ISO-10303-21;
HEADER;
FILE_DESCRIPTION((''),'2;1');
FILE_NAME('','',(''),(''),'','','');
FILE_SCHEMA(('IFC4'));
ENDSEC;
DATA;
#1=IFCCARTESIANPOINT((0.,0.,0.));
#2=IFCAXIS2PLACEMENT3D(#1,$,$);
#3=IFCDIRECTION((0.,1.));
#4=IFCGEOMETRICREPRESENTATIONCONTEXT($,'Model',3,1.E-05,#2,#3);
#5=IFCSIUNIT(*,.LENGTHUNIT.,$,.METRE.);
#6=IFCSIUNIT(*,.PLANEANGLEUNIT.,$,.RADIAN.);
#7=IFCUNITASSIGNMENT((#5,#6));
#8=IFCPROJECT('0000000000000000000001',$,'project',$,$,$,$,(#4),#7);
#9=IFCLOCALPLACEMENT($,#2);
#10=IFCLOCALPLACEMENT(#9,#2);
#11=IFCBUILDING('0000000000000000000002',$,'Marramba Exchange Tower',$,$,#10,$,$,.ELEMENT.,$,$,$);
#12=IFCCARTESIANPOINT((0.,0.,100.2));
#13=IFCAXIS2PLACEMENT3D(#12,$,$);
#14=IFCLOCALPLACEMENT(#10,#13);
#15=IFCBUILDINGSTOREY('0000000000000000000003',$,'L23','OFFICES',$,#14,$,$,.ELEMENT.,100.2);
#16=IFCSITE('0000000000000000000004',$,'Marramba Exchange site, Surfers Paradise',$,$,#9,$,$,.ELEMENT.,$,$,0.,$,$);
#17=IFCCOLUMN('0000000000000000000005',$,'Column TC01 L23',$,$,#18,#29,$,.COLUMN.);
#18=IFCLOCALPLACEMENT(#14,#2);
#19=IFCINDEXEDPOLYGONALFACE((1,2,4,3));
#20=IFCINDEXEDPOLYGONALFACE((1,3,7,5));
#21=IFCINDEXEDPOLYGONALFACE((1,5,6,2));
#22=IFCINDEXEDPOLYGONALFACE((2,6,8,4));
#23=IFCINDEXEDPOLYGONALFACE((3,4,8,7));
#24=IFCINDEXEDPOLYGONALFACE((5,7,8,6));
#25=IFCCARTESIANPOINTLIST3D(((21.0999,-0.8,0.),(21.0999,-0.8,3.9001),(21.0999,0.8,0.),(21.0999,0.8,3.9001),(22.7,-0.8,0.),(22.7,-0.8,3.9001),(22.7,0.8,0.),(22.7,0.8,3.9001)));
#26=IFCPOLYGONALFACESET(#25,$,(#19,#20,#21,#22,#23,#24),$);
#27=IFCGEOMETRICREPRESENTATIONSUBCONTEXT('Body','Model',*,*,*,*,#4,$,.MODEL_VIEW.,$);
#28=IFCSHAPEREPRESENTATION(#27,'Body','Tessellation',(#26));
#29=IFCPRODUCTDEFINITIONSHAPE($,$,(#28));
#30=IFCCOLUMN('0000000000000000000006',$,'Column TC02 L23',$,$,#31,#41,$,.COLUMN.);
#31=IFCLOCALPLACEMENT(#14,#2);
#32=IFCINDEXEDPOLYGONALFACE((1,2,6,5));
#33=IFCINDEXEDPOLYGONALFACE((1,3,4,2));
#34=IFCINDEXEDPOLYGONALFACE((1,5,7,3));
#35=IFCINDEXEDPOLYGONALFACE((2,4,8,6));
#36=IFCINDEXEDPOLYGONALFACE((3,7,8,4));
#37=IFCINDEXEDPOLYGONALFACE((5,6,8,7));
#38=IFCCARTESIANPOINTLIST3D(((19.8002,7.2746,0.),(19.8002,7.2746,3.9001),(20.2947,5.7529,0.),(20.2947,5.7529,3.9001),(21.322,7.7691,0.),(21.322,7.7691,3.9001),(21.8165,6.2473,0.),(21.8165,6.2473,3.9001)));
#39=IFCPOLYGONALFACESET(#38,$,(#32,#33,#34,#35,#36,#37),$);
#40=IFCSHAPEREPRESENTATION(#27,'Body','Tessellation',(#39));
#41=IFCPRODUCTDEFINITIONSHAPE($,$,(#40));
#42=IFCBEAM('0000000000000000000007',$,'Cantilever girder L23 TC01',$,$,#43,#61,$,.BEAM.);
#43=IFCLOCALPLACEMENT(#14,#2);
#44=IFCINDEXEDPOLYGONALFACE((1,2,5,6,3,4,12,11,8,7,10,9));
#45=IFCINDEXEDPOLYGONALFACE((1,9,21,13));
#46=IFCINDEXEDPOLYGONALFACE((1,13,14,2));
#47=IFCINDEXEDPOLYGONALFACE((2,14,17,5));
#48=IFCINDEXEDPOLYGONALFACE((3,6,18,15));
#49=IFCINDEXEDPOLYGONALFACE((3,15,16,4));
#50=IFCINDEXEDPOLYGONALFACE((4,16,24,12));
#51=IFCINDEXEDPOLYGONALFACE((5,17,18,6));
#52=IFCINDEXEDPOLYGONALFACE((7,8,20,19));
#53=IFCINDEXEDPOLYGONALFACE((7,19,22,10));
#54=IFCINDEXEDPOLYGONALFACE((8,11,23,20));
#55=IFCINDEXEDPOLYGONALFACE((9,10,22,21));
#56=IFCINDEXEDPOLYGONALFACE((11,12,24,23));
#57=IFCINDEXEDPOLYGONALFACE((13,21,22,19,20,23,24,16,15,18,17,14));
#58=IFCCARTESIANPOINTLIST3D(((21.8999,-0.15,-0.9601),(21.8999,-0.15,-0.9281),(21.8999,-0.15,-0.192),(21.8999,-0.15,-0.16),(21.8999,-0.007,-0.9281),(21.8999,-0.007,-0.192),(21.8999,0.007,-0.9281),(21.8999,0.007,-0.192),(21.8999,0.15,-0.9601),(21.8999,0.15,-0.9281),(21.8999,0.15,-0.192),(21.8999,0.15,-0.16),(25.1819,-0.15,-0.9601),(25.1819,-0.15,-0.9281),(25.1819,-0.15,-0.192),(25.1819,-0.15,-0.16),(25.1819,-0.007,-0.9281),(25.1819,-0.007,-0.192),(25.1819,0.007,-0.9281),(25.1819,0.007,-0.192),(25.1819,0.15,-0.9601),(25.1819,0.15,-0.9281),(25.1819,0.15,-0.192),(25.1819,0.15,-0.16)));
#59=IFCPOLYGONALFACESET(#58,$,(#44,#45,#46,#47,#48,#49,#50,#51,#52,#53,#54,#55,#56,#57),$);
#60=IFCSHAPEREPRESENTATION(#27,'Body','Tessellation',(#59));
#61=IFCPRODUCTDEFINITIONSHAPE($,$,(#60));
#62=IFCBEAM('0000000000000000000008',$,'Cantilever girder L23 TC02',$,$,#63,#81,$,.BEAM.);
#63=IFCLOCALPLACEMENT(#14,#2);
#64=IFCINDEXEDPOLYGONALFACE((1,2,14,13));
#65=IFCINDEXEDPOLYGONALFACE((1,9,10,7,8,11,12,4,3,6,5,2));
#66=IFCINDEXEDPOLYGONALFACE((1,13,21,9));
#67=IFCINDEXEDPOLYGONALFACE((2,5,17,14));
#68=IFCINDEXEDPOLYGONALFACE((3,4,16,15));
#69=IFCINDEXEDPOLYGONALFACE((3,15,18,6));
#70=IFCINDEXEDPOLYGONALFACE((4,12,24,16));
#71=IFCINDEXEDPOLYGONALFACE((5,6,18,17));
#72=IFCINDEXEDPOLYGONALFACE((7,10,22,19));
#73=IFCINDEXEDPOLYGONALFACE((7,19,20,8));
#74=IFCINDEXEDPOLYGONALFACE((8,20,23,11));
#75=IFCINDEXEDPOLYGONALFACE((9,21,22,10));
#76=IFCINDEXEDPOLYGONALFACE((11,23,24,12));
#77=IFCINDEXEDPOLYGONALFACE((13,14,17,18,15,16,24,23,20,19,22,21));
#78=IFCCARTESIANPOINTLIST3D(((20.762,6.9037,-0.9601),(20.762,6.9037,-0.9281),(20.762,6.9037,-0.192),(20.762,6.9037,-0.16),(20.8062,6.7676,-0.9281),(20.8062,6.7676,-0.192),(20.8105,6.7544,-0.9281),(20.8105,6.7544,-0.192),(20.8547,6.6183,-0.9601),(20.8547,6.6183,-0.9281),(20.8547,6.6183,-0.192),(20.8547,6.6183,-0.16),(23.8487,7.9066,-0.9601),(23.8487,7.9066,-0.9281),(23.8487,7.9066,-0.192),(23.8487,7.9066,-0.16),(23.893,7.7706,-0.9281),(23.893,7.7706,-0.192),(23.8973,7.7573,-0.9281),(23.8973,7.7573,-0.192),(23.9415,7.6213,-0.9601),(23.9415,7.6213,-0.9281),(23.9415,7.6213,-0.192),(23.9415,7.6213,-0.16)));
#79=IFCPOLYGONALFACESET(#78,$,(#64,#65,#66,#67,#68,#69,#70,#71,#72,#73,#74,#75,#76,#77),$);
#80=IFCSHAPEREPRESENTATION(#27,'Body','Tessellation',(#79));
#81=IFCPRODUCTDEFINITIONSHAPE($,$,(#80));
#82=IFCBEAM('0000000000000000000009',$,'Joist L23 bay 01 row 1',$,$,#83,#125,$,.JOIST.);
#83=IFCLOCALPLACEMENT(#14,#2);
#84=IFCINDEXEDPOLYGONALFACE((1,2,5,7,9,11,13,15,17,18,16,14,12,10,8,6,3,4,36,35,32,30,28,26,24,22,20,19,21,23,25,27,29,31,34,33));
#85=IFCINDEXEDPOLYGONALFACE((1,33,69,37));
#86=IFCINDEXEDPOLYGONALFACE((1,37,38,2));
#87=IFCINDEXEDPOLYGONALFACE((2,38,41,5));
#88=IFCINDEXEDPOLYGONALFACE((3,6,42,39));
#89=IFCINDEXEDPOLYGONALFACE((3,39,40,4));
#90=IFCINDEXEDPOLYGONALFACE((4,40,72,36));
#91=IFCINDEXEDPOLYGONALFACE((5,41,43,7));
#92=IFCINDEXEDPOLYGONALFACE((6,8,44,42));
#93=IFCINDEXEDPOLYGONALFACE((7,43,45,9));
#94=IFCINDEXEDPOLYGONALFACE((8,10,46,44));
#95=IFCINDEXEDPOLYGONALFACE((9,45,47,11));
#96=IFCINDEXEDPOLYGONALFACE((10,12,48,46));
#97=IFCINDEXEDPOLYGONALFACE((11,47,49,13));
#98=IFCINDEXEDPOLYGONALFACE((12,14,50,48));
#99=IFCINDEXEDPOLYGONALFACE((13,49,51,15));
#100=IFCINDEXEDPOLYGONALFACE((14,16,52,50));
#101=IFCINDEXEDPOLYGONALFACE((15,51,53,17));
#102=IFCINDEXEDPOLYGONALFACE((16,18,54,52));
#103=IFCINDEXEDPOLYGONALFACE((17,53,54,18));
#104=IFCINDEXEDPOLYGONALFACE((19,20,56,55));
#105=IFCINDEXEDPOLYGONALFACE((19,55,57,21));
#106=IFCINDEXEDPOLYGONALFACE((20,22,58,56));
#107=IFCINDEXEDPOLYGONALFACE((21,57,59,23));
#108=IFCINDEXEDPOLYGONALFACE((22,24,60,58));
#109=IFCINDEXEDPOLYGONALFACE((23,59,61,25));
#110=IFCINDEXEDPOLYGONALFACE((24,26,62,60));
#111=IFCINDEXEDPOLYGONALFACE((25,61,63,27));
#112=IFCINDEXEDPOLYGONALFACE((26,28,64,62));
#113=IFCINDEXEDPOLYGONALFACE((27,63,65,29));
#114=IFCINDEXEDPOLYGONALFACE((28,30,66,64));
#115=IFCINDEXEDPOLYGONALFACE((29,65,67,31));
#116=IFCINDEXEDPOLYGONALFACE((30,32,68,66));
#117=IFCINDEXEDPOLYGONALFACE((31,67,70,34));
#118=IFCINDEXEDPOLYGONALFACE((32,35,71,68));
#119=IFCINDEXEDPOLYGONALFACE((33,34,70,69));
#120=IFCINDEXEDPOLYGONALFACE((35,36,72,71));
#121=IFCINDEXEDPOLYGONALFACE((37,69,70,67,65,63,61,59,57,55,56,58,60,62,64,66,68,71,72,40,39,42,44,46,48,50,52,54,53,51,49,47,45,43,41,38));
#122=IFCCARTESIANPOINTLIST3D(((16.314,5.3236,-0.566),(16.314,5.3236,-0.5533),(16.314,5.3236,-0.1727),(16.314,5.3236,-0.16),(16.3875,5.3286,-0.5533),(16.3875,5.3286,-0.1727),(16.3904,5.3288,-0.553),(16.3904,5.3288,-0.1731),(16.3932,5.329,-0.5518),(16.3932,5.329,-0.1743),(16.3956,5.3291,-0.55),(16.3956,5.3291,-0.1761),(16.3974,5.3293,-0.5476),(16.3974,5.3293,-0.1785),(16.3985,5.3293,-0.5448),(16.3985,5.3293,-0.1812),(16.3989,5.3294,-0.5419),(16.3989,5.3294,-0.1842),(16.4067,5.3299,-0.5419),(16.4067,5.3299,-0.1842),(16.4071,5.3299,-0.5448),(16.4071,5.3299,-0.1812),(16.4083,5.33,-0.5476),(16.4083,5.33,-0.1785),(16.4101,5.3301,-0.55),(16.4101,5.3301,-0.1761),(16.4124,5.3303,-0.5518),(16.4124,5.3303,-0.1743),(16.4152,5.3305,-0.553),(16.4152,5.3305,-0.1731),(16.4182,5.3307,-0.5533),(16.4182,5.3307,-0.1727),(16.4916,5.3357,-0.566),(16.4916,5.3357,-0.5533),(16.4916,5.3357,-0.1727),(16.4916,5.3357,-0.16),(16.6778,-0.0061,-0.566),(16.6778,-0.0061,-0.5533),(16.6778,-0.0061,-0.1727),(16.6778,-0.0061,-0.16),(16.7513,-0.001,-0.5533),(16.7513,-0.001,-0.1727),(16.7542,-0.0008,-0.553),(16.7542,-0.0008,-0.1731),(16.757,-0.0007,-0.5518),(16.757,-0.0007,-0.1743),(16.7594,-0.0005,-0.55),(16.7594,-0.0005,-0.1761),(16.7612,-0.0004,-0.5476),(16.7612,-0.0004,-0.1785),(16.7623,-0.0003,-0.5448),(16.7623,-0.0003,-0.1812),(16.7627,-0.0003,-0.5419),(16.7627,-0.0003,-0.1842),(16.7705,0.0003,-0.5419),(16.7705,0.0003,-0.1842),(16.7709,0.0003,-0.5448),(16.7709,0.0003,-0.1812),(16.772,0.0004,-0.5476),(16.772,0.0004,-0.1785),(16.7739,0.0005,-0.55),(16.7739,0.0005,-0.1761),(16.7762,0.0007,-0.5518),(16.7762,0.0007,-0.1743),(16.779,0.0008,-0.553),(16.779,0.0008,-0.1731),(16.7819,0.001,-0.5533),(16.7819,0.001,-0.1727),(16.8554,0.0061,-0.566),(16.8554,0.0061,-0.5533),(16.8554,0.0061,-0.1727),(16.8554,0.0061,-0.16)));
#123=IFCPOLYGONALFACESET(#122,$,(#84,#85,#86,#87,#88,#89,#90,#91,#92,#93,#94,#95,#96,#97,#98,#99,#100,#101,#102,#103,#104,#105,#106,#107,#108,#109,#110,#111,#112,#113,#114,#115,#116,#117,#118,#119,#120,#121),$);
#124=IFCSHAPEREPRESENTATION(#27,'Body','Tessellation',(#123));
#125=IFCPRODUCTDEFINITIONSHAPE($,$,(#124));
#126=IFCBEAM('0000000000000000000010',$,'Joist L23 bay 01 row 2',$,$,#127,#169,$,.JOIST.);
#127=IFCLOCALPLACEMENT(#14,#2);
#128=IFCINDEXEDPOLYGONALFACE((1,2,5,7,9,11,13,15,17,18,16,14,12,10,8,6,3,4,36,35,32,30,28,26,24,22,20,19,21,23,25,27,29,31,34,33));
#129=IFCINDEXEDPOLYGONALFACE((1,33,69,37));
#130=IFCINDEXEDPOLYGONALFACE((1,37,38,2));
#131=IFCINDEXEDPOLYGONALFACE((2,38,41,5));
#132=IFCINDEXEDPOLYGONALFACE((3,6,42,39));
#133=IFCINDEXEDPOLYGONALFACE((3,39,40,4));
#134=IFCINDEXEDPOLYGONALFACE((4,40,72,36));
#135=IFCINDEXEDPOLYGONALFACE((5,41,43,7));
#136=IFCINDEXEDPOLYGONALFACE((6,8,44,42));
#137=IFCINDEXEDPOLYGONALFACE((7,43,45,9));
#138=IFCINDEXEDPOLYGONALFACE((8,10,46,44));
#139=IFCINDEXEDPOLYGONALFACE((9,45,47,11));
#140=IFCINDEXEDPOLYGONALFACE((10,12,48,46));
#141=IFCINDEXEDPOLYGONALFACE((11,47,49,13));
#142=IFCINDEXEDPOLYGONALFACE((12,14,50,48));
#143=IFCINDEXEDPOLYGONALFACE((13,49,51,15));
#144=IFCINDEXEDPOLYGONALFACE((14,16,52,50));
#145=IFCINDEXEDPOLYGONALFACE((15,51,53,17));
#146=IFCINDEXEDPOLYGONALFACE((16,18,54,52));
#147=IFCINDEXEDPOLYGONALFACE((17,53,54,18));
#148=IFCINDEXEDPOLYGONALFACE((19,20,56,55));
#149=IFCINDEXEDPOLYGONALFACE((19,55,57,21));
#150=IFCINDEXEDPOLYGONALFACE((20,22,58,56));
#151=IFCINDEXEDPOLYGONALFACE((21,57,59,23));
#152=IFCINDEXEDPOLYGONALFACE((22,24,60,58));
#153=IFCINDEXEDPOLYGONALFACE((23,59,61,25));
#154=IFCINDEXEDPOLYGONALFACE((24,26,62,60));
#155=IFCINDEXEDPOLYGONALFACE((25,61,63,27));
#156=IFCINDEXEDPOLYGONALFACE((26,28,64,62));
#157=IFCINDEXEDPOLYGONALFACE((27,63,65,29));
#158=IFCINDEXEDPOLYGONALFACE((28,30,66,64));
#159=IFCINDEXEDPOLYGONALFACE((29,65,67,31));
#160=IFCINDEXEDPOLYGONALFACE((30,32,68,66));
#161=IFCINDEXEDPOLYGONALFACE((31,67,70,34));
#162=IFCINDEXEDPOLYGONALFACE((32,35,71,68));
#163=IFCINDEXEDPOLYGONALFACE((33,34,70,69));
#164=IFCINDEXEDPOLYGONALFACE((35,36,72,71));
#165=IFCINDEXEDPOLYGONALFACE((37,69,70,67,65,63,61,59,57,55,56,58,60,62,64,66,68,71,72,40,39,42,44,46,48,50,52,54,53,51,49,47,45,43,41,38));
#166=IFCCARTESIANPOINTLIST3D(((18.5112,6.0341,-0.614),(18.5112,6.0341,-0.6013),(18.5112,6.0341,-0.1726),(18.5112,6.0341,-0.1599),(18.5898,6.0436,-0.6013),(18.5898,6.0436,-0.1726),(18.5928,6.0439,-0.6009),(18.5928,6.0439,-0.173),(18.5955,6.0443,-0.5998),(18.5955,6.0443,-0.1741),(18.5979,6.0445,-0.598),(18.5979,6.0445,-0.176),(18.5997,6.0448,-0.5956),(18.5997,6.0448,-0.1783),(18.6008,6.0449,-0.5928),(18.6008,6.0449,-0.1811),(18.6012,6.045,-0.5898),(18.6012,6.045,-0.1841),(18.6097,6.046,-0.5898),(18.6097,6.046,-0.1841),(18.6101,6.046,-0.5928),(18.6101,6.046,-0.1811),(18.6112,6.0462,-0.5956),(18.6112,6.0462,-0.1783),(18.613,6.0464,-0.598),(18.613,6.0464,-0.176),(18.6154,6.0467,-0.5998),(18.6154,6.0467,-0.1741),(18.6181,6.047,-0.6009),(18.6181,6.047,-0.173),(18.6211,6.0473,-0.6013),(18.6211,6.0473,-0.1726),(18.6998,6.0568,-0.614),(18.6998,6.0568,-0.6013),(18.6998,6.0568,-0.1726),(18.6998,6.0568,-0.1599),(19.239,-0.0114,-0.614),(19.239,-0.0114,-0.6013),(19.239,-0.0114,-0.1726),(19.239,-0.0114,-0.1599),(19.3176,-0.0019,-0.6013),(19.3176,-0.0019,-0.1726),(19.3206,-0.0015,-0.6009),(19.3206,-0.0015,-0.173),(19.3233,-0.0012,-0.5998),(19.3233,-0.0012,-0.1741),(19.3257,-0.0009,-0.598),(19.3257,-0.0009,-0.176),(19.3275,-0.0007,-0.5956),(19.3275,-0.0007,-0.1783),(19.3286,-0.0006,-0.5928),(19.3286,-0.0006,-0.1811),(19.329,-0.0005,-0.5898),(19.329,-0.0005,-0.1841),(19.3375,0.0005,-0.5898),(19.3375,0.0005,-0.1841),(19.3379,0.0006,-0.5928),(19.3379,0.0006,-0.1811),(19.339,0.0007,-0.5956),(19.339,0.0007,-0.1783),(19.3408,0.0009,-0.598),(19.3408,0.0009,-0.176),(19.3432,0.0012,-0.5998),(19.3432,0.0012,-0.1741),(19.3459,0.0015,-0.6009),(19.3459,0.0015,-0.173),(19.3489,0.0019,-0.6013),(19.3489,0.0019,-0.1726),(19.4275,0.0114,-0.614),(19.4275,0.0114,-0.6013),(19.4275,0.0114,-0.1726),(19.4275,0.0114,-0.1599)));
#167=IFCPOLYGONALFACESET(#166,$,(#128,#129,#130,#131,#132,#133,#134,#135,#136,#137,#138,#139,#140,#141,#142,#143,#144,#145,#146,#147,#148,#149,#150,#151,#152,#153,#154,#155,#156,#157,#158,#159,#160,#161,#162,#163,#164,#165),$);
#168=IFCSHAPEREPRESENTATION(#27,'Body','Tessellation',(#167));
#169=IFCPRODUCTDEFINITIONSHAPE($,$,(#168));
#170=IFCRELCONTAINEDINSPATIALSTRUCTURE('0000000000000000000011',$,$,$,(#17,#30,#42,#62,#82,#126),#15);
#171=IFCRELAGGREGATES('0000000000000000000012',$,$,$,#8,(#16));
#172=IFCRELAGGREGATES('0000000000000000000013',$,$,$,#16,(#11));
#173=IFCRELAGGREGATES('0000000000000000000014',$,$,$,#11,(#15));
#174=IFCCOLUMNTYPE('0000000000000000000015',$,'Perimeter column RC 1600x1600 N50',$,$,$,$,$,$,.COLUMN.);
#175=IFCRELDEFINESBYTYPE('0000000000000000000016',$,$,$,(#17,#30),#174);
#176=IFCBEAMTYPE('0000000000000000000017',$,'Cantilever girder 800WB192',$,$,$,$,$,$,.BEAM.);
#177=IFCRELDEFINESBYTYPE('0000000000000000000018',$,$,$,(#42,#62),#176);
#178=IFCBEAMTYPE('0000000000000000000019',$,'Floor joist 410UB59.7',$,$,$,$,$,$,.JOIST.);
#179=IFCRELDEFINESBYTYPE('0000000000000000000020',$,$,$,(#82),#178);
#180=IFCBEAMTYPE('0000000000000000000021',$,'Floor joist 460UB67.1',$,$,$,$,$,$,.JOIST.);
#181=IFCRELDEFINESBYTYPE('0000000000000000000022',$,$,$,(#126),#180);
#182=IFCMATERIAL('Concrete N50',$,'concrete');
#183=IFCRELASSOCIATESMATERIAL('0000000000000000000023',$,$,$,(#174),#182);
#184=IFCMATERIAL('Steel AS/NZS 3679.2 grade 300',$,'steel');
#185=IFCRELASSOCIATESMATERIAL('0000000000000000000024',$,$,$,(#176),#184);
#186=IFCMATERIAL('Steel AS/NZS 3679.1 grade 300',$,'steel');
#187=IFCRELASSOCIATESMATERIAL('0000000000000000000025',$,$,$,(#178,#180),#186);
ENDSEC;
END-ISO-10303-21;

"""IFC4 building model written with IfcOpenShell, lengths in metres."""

from ifc_helpers import new_model, si_unit, direction, frame, origin, origin_2d, place, context, subcontext, project, spatial, rectangle, i_section, extrude, material, material_profile, profile_set, type_object, element, save


model = new_model("IFC4")

# Units and contexts
model_context = context("Model", 3, precision=1e-05, world=origin(), true_north=direction((0.0, 1.0)))
body_context = subcontext(model_context, "Body", "Model", "MODEL_VIEW")
ifc_project = project(units=[si_unit("LENGTHUNIT", "METRE"), si_unit("PLANEANGLEUNIT", "RADIAN")], contexts=[model_context])

# Site, building, storey
site_placement = place(None, origin())
site = spatial("IfcSite", under=ifc_project, at=site_placement, Name="Marramba Exchange site, Surfers Paradise", CompositionType="ELEMENT", RefElevation=0.0)
building_placement = place(site_placement, origin())
building = spatial("IfcBuilding", under=site, at=building_placement, Name="Marramba Exchange Tower", CompositionType="ELEMENT")
storey_placement = place(building_placement, frame((0.0, 0.0, 100.2)))
storey = spatial("IfcBuildingStorey", under=building, at=storey_placement, Name="L23", Description="OFFICES", CompositionType="ELEMENT", Elevation=100.2)

# Columns
ifc_material_1 = material(Name="Concrete N50", Category="concrete")
ifc_material_profile_1 = material_profile(ifc_material_1, rectangle(XDim=1.6001, YDim=1.6001, at=origin_2d()), Name="RC 1600x1600")
ifc_profile_set_1 = profile_set([ifc_material_profile_1], Name="Concrete N50")
column_type = type_object("IfcColumnType", Name="Perimeter column RC 1600x1600 N50", PredefinedType="COLUMN", material=ifc_profile_set_1)
for number, where, z_axis, x_axis, name in (
    (1, (21.8999, 0.0, 0.0), (0.0, 0.0, 1.0), (1.0, 0.0, 0.0), "Column TC01 L23"),
    (2, (20.8083, 6.761, 0.0), (0.0, 0.0, 1.0), (0.951057, 0.309017, 0.0), "Column TC02 L23"),
):
    element("IfcColumn", number, at=place(storey_placement, frame(where, z_axis=z_axis, x_axis=x_axis)), inside=storey, type_object=column_type, Name=name, PredefinedType="COLUMN", context=body_context, shape_type="SweptSolid", body=[
        extrude(rectangle(XDim=1.6001, YDim=1.6001, at=origin_2d()), origin(), (0.0, 0.0, 1.0), 3.9001),
    ])

# Beams
ifc_material_2 = material(Name="Steel AS/NZS 3679.2 grade 300", Category="steel")
ifc_material_profile_2 = material_profile(ifc_material_2, i_section(OverallWidth=0.3, OverallDepth=0.8, WebThickness=0.0139, FlangeThickness=0.032, at=origin_2d()), Name="800WB192")
ifc_profile_set_2 = profile_set([ifc_material_profile_2], Name="Steel AS/NZS 3679.2 grade 300")
beam_type_1 = type_object("IfcBeamType", Name="Cantilever girder 800WB192", PredefinedType="BEAM", material=ifc_profile_set_2)
beam_1_placement = place(storey_placement, frame((21.8999, 0.0, -0.5601), z_axis=(1.0, 0.0, 0.0), x_axis=(0.0, 1.0, 0.0)))
element("IfcBeam", 3, at=beam_1_placement, inside=storey, type_object=beam_type_1, Name="Cantilever girder L23 TC01", PredefinedType="BEAM", context=body_context, shape_type="SweptSolid", body=[
    extrude(i_section(OverallWidth=0.3, OverallDepth=0.8, WebThickness=0.0139, FlangeThickness=0.032, at=origin_2d()), origin(), (0.0, 0.0, 1.0), 3.282),
])
beam_2_placement = place(storey_placement, frame((20.8083, 6.761, -0.5601), z_axis=(0.951056, 0.30902, 0.0), x_axis=(-0.30902, 0.951056, 0.0)))
element("IfcBeam", 4, at=beam_2_placement, inside=storey, type_object=beam_type_1, Name="Cantilever girder L23 TC02", PredefinedType="BEAM", context=body_context, shape_type="SweptSolid", body=[
    extrude(i_section(OverallWidth=0.3, OverallDepth=0.8, WebThickness=0.0139, FlangeThickness=0.032, at=origin_2d()), origin(), (0.0, 0.0, 1.0), 3.2456),
])
ifc_material_3 = material(Name="Steel AS/NZS 3679.1 grade 300", Category="steel")
ifc_material_profile_3 = material_profile(ifc_material_3, i_section(OverallWidth=0.178, OverallDepth=0.406, WebThickness=0.0078, FlangeThickness=0.0127, FilletRadius=0.0115, at=origin_2d()), Name="410UB59.7")
ifc_profile_set_3 = profile_set([ifc_material_profile_3], Name="Steel AS/NZS 3679.1 grade 300")
beam_type_2 = type_object("IfcBeamType", Name="Floor joist 410UB59.7", PredefinedType="JOIST", material=ifc_profile_set_3)
beam_3_placement = place(storey_placement, frame((16.7666, 0.0, -0.363), z_axis=(-0.068096, 0.997679, 0.0), x_axis=(-0.997679, -0.068096, 0.0)))
element("IfcBeam", 5, at=beam_3_placement, inside=storey, type_object=beam_type_2, Name="Joist L23 bay 01 row 1", PredefinedType="JOIST", context=body_context, shape_type="SweptSolid", body=[
    extrude(i_section(OverallWidth=0.178, OverallDepth=0.406, WebThickness=0.0078, FlangeThickness=0.0127, FilletRadius=0.0115, at=origin_2d()), origin(), (0.0, 0.0, 1.0), 5.342),
])
ifc_material_profile_4 = material_profile(ifc_material_3, i_section(OverallWidth=0.1899, OverallDepth=0.4541, WebThickness=0.0085, FlangeThickness=0.0127, FilletRadius=0.0115, at=origin_2d()), Name="460UB67.1")
ifc_profile_set_4 = profile_set([ifc_material_profile_4], Name="Steel AS/NZS 3679.1 grade 300")
beam_type_3 = type_object("IfcBeamType", Name="Floor joist 460UB67.1", PredefinedType="JOIST", material=ifc_profile_set_4)
beam_4_placement = place(storey_placement, frame((19.3333, 0.0, -0.387), z_axis=(-0.119523, 0.992831, 0.0), x_axis=(-0.992831, -0.119523, 0.0)))
element("IfcBeam", 6, at=beam_4_placement, inside=storey, type_object=beam_type_3, Name="Joist L23 bay 01 row 2", PredefinedType="JOIST", context=body_context, shape_type="SweptSolid", body=[
    extrude(i_section(OverallWidth=0.1899, OverallDepth=0.4541, WebThickness=0.0085, FlangeThickness=0.0127, FilletRadius=0.0115, at=origin_2d()), origin(), (0.0, 0.0, 1.0), 6.0891),
])

save(model, "model.ifc")
